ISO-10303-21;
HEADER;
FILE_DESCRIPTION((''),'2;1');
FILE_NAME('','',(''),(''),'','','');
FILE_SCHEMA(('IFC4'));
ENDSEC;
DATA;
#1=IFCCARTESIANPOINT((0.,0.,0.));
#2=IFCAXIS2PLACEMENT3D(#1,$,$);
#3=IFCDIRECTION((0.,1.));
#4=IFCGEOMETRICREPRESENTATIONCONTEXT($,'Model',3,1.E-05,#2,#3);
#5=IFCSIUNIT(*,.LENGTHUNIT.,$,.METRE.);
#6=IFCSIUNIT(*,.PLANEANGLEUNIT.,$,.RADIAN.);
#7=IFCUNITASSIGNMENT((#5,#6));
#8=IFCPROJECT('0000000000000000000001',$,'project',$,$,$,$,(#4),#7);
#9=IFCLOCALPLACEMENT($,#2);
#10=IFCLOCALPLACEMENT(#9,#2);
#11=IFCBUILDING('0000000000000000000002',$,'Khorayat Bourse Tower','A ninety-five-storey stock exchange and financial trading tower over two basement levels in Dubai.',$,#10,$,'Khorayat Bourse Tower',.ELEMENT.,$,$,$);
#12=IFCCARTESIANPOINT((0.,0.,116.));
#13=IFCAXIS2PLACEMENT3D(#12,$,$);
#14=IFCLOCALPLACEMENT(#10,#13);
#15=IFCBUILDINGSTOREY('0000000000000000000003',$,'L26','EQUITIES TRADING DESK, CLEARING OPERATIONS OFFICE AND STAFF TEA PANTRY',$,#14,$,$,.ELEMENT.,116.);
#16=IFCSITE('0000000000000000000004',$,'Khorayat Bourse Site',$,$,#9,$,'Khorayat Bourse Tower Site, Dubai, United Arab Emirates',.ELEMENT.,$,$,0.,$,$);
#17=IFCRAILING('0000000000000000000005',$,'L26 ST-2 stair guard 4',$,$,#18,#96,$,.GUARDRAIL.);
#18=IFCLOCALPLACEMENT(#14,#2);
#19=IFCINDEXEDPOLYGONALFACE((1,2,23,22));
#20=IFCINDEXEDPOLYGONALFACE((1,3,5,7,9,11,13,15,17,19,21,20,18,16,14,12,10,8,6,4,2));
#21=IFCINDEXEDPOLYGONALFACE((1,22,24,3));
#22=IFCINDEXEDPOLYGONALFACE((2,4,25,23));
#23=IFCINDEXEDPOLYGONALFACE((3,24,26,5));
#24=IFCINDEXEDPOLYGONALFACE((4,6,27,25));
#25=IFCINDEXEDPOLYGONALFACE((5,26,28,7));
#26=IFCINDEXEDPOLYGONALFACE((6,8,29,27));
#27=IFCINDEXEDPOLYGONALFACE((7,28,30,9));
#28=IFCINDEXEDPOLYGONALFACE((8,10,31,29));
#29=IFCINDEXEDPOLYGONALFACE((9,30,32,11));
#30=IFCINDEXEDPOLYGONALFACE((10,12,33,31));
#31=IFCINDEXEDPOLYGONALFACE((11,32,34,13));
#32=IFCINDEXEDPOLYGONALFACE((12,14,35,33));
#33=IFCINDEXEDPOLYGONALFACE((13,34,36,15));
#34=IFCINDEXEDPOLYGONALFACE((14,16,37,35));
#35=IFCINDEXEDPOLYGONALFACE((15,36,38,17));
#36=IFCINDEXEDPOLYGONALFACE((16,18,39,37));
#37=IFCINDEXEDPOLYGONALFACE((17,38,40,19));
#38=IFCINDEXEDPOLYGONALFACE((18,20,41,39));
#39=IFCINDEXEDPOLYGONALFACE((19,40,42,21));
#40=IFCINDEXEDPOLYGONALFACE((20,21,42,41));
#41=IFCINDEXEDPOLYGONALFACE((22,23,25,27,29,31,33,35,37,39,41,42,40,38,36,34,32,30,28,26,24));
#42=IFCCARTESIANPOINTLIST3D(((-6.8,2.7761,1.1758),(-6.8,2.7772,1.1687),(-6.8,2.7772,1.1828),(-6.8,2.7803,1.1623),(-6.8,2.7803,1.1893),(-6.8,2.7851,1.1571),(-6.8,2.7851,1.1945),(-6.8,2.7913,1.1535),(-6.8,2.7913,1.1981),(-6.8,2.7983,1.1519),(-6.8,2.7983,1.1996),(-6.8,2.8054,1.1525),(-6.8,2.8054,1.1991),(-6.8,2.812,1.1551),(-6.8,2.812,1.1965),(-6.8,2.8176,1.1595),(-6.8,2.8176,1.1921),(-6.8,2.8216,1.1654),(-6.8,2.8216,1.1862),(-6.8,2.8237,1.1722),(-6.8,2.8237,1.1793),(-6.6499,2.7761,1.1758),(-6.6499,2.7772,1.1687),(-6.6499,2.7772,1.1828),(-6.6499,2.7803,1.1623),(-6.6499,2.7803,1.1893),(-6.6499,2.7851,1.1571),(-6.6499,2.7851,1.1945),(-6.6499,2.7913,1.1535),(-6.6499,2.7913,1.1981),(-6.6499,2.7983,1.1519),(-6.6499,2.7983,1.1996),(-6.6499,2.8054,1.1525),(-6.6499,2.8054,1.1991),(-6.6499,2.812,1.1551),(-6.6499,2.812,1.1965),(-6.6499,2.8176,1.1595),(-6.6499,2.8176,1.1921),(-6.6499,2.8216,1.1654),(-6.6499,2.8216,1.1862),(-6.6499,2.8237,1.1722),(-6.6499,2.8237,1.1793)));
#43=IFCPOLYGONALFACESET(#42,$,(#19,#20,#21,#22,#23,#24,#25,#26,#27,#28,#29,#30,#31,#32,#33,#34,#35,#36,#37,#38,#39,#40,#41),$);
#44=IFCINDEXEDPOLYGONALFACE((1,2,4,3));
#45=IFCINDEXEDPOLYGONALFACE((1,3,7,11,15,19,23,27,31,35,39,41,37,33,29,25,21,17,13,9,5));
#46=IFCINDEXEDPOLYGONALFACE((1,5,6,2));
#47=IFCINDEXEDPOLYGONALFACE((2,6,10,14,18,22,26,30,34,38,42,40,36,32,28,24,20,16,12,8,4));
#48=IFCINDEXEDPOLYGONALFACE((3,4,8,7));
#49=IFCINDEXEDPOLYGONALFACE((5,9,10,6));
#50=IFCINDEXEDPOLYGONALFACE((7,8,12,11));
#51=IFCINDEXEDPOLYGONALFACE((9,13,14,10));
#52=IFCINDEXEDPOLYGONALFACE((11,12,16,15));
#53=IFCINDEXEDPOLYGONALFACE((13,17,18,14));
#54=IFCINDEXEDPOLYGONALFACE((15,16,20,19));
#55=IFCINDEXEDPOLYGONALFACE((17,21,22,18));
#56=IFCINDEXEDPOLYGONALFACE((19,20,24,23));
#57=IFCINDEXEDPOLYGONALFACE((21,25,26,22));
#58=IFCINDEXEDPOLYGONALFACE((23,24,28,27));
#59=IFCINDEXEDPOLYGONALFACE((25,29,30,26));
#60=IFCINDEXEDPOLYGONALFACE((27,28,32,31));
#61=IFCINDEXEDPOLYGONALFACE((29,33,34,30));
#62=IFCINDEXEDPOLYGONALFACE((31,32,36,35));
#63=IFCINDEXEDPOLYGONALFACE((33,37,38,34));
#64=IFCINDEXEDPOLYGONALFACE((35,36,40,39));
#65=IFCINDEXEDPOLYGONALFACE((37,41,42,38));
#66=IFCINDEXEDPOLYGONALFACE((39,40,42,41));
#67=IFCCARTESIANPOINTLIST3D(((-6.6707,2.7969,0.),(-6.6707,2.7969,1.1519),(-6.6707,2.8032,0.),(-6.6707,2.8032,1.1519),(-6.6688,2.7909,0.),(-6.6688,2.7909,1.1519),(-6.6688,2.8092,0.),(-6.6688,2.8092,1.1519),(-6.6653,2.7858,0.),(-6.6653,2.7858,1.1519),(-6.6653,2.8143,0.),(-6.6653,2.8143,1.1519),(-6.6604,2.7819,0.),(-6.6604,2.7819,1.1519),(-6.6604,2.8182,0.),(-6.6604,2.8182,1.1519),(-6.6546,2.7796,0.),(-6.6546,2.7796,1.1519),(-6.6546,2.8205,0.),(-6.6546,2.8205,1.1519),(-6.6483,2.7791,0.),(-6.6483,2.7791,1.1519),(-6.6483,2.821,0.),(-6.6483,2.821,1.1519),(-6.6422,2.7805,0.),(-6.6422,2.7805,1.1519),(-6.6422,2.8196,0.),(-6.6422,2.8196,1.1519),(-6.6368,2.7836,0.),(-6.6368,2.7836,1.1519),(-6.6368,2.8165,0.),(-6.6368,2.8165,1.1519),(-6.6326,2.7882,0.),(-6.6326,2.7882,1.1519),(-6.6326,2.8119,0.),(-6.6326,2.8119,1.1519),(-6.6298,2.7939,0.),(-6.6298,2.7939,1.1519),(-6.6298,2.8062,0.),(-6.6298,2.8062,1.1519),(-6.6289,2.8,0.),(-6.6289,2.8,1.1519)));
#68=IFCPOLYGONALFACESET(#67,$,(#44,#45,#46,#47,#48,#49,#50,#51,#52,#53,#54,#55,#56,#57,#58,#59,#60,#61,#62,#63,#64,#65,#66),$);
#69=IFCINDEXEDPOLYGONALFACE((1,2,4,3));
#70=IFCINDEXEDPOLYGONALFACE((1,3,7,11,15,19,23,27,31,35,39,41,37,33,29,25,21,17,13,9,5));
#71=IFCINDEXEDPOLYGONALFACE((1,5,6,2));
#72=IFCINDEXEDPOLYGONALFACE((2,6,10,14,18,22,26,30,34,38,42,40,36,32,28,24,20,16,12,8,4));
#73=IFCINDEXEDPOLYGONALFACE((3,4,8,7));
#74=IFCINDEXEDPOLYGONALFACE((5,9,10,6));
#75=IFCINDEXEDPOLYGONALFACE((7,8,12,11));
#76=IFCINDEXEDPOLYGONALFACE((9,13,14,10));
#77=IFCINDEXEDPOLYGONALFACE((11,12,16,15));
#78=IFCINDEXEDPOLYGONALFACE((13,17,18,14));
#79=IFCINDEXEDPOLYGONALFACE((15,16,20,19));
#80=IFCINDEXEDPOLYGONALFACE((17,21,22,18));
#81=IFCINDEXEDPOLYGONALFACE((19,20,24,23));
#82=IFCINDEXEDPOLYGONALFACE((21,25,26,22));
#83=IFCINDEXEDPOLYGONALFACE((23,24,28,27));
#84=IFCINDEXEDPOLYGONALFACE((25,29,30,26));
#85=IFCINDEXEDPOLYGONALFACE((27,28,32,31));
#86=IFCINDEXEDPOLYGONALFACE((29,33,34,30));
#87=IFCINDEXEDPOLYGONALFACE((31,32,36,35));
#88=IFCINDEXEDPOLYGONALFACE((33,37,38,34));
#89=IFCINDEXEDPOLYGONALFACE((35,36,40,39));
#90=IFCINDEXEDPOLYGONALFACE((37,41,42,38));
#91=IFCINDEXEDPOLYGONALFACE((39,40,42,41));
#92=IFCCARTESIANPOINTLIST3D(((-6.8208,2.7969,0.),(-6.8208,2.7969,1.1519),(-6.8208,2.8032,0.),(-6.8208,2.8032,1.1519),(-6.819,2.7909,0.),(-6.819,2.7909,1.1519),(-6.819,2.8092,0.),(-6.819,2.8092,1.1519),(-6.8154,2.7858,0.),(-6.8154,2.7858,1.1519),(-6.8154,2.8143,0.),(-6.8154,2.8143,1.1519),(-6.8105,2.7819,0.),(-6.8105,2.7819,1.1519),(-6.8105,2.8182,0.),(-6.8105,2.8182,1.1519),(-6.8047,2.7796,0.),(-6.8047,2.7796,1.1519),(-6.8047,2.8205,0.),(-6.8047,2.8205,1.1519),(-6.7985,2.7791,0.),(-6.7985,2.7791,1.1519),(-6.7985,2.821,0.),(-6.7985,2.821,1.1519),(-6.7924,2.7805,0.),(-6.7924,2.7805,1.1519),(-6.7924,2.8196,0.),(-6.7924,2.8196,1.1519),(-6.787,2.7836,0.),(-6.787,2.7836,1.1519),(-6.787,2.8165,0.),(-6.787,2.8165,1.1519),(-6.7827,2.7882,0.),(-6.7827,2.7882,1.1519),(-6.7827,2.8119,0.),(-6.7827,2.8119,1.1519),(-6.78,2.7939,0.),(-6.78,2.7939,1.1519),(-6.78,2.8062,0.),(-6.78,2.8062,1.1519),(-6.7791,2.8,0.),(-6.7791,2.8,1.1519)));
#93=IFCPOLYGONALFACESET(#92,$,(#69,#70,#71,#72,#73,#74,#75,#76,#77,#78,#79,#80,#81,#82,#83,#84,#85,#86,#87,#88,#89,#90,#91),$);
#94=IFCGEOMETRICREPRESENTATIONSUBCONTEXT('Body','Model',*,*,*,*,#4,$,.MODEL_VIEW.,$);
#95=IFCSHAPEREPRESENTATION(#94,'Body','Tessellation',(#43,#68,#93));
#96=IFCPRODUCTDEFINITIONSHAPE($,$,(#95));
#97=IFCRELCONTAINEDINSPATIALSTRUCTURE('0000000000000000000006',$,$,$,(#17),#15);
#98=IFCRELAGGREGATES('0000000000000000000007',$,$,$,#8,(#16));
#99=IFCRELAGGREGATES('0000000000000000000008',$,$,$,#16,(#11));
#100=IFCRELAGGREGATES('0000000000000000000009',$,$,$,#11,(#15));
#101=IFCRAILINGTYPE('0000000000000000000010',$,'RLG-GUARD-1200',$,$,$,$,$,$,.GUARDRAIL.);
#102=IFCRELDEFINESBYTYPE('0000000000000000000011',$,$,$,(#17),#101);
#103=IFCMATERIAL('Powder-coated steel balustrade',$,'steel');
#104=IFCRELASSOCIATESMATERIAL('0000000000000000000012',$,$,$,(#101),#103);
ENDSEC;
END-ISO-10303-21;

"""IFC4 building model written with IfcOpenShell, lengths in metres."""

from ifc_helpers import new_model, si_unit, direction, frame, origin, origin_2d, place, context, subcontext, project, spatial, circle, extrude, source, transform, mapped, material, type_object, element, save


model = new_model("IFC4")

# Units and contexts
model_context = context("Model", 3, precision=1e-05, world=origin(), true_north=direction((0.0, 1.0)))
body_context = subcontext(model_context, "Body", "Model", "MODEL_VIEW")
ifc_project = project(units=[si_unit("LENGTHUNIT", "METRE"), si_unit("PLANEANGLEUNIT", "RADIAN")], contexts=[model_context])

# Site, building, storey
site_placement = place(None, origin())
site = spatial("IfcSite", under=ifc_project, at=site_placement, Name="Khorayat Bourse Site", LongName="Khorayat Bourse Tower Site, Dubai, United Arab Emirates", CompositionType="ELEMENT", RefElevation=0.0)
building_placement = place(site_placement, origin())
building = spatial("IfcBuilding", under=site, at=building_placement, Name="Khorayat Bourse Tower", Description="A ninety-five-storey stock exchange and financial trading tower over two basement levels in Dubai.", LongName="Khorayat Bourse Tower", CompositionType="ELEMENT")
storey_placement = place(building_placement, frame((0.0, 0.0, 116.0)))
storey = spatial("IfcBuildingStorey", under=building, at=storey_placement, Name="L26", Description="EQUITIES TRADING DESK, CLEARING OPERATIONS OFFICE AND STAFF TEA PANTRY", CompositionType="ELEMENT", Elevation=116.0)

# Railing
ifc_material_1 = material(Name="Powder-coated steel balustrade", Category="steel")
railing_type_1 = type_object("IfcRailingType", Name="RLG-GUARD-1200", PredefinedType="GUARDRAIL", material=ifc_material_1)
shared_shape_1 = source(origin(), body_context, "Body", "SweptSolid", [
    extrude(circle(Radius=0.0239, at=origin_2d()), frame((0.0, 0.0, 1.1758), z_axis=(-1.0, 0.0, 0.0), x_axis=(0.0, -1.0, 0.0)), (0.0, 0.0, 1.0), 0.1501),
    extrude(circle(Radius=0.021, at=origin_2d()), origin(), (0.0, 0.0, 1.0), 1.1519),
    extrude(circle(Radius=0.021, at=origin_2d()), frame((-0.1501, 0.0, 0.0)), (0.0, 0.0, 1.0), 1.1519),
])
for number, where, name in (
    (1, (-6.6499, 2.8, 0.0), "L26 ST-2 stair guard 4"),
):
    element("IfcRailing", number, at=place(storey_placement, frame(where)), inside=storey, type_object=railing_type_1, Name=name, PredefinedType="GUARDRAIL", context=body_context, shape_type="MappedRepresentation", body=[
        mapped(shared_shape_1, transform((0.0, 0.0, 0.0), scale=1.0)),
    ])

save(model, "model.ifc")
